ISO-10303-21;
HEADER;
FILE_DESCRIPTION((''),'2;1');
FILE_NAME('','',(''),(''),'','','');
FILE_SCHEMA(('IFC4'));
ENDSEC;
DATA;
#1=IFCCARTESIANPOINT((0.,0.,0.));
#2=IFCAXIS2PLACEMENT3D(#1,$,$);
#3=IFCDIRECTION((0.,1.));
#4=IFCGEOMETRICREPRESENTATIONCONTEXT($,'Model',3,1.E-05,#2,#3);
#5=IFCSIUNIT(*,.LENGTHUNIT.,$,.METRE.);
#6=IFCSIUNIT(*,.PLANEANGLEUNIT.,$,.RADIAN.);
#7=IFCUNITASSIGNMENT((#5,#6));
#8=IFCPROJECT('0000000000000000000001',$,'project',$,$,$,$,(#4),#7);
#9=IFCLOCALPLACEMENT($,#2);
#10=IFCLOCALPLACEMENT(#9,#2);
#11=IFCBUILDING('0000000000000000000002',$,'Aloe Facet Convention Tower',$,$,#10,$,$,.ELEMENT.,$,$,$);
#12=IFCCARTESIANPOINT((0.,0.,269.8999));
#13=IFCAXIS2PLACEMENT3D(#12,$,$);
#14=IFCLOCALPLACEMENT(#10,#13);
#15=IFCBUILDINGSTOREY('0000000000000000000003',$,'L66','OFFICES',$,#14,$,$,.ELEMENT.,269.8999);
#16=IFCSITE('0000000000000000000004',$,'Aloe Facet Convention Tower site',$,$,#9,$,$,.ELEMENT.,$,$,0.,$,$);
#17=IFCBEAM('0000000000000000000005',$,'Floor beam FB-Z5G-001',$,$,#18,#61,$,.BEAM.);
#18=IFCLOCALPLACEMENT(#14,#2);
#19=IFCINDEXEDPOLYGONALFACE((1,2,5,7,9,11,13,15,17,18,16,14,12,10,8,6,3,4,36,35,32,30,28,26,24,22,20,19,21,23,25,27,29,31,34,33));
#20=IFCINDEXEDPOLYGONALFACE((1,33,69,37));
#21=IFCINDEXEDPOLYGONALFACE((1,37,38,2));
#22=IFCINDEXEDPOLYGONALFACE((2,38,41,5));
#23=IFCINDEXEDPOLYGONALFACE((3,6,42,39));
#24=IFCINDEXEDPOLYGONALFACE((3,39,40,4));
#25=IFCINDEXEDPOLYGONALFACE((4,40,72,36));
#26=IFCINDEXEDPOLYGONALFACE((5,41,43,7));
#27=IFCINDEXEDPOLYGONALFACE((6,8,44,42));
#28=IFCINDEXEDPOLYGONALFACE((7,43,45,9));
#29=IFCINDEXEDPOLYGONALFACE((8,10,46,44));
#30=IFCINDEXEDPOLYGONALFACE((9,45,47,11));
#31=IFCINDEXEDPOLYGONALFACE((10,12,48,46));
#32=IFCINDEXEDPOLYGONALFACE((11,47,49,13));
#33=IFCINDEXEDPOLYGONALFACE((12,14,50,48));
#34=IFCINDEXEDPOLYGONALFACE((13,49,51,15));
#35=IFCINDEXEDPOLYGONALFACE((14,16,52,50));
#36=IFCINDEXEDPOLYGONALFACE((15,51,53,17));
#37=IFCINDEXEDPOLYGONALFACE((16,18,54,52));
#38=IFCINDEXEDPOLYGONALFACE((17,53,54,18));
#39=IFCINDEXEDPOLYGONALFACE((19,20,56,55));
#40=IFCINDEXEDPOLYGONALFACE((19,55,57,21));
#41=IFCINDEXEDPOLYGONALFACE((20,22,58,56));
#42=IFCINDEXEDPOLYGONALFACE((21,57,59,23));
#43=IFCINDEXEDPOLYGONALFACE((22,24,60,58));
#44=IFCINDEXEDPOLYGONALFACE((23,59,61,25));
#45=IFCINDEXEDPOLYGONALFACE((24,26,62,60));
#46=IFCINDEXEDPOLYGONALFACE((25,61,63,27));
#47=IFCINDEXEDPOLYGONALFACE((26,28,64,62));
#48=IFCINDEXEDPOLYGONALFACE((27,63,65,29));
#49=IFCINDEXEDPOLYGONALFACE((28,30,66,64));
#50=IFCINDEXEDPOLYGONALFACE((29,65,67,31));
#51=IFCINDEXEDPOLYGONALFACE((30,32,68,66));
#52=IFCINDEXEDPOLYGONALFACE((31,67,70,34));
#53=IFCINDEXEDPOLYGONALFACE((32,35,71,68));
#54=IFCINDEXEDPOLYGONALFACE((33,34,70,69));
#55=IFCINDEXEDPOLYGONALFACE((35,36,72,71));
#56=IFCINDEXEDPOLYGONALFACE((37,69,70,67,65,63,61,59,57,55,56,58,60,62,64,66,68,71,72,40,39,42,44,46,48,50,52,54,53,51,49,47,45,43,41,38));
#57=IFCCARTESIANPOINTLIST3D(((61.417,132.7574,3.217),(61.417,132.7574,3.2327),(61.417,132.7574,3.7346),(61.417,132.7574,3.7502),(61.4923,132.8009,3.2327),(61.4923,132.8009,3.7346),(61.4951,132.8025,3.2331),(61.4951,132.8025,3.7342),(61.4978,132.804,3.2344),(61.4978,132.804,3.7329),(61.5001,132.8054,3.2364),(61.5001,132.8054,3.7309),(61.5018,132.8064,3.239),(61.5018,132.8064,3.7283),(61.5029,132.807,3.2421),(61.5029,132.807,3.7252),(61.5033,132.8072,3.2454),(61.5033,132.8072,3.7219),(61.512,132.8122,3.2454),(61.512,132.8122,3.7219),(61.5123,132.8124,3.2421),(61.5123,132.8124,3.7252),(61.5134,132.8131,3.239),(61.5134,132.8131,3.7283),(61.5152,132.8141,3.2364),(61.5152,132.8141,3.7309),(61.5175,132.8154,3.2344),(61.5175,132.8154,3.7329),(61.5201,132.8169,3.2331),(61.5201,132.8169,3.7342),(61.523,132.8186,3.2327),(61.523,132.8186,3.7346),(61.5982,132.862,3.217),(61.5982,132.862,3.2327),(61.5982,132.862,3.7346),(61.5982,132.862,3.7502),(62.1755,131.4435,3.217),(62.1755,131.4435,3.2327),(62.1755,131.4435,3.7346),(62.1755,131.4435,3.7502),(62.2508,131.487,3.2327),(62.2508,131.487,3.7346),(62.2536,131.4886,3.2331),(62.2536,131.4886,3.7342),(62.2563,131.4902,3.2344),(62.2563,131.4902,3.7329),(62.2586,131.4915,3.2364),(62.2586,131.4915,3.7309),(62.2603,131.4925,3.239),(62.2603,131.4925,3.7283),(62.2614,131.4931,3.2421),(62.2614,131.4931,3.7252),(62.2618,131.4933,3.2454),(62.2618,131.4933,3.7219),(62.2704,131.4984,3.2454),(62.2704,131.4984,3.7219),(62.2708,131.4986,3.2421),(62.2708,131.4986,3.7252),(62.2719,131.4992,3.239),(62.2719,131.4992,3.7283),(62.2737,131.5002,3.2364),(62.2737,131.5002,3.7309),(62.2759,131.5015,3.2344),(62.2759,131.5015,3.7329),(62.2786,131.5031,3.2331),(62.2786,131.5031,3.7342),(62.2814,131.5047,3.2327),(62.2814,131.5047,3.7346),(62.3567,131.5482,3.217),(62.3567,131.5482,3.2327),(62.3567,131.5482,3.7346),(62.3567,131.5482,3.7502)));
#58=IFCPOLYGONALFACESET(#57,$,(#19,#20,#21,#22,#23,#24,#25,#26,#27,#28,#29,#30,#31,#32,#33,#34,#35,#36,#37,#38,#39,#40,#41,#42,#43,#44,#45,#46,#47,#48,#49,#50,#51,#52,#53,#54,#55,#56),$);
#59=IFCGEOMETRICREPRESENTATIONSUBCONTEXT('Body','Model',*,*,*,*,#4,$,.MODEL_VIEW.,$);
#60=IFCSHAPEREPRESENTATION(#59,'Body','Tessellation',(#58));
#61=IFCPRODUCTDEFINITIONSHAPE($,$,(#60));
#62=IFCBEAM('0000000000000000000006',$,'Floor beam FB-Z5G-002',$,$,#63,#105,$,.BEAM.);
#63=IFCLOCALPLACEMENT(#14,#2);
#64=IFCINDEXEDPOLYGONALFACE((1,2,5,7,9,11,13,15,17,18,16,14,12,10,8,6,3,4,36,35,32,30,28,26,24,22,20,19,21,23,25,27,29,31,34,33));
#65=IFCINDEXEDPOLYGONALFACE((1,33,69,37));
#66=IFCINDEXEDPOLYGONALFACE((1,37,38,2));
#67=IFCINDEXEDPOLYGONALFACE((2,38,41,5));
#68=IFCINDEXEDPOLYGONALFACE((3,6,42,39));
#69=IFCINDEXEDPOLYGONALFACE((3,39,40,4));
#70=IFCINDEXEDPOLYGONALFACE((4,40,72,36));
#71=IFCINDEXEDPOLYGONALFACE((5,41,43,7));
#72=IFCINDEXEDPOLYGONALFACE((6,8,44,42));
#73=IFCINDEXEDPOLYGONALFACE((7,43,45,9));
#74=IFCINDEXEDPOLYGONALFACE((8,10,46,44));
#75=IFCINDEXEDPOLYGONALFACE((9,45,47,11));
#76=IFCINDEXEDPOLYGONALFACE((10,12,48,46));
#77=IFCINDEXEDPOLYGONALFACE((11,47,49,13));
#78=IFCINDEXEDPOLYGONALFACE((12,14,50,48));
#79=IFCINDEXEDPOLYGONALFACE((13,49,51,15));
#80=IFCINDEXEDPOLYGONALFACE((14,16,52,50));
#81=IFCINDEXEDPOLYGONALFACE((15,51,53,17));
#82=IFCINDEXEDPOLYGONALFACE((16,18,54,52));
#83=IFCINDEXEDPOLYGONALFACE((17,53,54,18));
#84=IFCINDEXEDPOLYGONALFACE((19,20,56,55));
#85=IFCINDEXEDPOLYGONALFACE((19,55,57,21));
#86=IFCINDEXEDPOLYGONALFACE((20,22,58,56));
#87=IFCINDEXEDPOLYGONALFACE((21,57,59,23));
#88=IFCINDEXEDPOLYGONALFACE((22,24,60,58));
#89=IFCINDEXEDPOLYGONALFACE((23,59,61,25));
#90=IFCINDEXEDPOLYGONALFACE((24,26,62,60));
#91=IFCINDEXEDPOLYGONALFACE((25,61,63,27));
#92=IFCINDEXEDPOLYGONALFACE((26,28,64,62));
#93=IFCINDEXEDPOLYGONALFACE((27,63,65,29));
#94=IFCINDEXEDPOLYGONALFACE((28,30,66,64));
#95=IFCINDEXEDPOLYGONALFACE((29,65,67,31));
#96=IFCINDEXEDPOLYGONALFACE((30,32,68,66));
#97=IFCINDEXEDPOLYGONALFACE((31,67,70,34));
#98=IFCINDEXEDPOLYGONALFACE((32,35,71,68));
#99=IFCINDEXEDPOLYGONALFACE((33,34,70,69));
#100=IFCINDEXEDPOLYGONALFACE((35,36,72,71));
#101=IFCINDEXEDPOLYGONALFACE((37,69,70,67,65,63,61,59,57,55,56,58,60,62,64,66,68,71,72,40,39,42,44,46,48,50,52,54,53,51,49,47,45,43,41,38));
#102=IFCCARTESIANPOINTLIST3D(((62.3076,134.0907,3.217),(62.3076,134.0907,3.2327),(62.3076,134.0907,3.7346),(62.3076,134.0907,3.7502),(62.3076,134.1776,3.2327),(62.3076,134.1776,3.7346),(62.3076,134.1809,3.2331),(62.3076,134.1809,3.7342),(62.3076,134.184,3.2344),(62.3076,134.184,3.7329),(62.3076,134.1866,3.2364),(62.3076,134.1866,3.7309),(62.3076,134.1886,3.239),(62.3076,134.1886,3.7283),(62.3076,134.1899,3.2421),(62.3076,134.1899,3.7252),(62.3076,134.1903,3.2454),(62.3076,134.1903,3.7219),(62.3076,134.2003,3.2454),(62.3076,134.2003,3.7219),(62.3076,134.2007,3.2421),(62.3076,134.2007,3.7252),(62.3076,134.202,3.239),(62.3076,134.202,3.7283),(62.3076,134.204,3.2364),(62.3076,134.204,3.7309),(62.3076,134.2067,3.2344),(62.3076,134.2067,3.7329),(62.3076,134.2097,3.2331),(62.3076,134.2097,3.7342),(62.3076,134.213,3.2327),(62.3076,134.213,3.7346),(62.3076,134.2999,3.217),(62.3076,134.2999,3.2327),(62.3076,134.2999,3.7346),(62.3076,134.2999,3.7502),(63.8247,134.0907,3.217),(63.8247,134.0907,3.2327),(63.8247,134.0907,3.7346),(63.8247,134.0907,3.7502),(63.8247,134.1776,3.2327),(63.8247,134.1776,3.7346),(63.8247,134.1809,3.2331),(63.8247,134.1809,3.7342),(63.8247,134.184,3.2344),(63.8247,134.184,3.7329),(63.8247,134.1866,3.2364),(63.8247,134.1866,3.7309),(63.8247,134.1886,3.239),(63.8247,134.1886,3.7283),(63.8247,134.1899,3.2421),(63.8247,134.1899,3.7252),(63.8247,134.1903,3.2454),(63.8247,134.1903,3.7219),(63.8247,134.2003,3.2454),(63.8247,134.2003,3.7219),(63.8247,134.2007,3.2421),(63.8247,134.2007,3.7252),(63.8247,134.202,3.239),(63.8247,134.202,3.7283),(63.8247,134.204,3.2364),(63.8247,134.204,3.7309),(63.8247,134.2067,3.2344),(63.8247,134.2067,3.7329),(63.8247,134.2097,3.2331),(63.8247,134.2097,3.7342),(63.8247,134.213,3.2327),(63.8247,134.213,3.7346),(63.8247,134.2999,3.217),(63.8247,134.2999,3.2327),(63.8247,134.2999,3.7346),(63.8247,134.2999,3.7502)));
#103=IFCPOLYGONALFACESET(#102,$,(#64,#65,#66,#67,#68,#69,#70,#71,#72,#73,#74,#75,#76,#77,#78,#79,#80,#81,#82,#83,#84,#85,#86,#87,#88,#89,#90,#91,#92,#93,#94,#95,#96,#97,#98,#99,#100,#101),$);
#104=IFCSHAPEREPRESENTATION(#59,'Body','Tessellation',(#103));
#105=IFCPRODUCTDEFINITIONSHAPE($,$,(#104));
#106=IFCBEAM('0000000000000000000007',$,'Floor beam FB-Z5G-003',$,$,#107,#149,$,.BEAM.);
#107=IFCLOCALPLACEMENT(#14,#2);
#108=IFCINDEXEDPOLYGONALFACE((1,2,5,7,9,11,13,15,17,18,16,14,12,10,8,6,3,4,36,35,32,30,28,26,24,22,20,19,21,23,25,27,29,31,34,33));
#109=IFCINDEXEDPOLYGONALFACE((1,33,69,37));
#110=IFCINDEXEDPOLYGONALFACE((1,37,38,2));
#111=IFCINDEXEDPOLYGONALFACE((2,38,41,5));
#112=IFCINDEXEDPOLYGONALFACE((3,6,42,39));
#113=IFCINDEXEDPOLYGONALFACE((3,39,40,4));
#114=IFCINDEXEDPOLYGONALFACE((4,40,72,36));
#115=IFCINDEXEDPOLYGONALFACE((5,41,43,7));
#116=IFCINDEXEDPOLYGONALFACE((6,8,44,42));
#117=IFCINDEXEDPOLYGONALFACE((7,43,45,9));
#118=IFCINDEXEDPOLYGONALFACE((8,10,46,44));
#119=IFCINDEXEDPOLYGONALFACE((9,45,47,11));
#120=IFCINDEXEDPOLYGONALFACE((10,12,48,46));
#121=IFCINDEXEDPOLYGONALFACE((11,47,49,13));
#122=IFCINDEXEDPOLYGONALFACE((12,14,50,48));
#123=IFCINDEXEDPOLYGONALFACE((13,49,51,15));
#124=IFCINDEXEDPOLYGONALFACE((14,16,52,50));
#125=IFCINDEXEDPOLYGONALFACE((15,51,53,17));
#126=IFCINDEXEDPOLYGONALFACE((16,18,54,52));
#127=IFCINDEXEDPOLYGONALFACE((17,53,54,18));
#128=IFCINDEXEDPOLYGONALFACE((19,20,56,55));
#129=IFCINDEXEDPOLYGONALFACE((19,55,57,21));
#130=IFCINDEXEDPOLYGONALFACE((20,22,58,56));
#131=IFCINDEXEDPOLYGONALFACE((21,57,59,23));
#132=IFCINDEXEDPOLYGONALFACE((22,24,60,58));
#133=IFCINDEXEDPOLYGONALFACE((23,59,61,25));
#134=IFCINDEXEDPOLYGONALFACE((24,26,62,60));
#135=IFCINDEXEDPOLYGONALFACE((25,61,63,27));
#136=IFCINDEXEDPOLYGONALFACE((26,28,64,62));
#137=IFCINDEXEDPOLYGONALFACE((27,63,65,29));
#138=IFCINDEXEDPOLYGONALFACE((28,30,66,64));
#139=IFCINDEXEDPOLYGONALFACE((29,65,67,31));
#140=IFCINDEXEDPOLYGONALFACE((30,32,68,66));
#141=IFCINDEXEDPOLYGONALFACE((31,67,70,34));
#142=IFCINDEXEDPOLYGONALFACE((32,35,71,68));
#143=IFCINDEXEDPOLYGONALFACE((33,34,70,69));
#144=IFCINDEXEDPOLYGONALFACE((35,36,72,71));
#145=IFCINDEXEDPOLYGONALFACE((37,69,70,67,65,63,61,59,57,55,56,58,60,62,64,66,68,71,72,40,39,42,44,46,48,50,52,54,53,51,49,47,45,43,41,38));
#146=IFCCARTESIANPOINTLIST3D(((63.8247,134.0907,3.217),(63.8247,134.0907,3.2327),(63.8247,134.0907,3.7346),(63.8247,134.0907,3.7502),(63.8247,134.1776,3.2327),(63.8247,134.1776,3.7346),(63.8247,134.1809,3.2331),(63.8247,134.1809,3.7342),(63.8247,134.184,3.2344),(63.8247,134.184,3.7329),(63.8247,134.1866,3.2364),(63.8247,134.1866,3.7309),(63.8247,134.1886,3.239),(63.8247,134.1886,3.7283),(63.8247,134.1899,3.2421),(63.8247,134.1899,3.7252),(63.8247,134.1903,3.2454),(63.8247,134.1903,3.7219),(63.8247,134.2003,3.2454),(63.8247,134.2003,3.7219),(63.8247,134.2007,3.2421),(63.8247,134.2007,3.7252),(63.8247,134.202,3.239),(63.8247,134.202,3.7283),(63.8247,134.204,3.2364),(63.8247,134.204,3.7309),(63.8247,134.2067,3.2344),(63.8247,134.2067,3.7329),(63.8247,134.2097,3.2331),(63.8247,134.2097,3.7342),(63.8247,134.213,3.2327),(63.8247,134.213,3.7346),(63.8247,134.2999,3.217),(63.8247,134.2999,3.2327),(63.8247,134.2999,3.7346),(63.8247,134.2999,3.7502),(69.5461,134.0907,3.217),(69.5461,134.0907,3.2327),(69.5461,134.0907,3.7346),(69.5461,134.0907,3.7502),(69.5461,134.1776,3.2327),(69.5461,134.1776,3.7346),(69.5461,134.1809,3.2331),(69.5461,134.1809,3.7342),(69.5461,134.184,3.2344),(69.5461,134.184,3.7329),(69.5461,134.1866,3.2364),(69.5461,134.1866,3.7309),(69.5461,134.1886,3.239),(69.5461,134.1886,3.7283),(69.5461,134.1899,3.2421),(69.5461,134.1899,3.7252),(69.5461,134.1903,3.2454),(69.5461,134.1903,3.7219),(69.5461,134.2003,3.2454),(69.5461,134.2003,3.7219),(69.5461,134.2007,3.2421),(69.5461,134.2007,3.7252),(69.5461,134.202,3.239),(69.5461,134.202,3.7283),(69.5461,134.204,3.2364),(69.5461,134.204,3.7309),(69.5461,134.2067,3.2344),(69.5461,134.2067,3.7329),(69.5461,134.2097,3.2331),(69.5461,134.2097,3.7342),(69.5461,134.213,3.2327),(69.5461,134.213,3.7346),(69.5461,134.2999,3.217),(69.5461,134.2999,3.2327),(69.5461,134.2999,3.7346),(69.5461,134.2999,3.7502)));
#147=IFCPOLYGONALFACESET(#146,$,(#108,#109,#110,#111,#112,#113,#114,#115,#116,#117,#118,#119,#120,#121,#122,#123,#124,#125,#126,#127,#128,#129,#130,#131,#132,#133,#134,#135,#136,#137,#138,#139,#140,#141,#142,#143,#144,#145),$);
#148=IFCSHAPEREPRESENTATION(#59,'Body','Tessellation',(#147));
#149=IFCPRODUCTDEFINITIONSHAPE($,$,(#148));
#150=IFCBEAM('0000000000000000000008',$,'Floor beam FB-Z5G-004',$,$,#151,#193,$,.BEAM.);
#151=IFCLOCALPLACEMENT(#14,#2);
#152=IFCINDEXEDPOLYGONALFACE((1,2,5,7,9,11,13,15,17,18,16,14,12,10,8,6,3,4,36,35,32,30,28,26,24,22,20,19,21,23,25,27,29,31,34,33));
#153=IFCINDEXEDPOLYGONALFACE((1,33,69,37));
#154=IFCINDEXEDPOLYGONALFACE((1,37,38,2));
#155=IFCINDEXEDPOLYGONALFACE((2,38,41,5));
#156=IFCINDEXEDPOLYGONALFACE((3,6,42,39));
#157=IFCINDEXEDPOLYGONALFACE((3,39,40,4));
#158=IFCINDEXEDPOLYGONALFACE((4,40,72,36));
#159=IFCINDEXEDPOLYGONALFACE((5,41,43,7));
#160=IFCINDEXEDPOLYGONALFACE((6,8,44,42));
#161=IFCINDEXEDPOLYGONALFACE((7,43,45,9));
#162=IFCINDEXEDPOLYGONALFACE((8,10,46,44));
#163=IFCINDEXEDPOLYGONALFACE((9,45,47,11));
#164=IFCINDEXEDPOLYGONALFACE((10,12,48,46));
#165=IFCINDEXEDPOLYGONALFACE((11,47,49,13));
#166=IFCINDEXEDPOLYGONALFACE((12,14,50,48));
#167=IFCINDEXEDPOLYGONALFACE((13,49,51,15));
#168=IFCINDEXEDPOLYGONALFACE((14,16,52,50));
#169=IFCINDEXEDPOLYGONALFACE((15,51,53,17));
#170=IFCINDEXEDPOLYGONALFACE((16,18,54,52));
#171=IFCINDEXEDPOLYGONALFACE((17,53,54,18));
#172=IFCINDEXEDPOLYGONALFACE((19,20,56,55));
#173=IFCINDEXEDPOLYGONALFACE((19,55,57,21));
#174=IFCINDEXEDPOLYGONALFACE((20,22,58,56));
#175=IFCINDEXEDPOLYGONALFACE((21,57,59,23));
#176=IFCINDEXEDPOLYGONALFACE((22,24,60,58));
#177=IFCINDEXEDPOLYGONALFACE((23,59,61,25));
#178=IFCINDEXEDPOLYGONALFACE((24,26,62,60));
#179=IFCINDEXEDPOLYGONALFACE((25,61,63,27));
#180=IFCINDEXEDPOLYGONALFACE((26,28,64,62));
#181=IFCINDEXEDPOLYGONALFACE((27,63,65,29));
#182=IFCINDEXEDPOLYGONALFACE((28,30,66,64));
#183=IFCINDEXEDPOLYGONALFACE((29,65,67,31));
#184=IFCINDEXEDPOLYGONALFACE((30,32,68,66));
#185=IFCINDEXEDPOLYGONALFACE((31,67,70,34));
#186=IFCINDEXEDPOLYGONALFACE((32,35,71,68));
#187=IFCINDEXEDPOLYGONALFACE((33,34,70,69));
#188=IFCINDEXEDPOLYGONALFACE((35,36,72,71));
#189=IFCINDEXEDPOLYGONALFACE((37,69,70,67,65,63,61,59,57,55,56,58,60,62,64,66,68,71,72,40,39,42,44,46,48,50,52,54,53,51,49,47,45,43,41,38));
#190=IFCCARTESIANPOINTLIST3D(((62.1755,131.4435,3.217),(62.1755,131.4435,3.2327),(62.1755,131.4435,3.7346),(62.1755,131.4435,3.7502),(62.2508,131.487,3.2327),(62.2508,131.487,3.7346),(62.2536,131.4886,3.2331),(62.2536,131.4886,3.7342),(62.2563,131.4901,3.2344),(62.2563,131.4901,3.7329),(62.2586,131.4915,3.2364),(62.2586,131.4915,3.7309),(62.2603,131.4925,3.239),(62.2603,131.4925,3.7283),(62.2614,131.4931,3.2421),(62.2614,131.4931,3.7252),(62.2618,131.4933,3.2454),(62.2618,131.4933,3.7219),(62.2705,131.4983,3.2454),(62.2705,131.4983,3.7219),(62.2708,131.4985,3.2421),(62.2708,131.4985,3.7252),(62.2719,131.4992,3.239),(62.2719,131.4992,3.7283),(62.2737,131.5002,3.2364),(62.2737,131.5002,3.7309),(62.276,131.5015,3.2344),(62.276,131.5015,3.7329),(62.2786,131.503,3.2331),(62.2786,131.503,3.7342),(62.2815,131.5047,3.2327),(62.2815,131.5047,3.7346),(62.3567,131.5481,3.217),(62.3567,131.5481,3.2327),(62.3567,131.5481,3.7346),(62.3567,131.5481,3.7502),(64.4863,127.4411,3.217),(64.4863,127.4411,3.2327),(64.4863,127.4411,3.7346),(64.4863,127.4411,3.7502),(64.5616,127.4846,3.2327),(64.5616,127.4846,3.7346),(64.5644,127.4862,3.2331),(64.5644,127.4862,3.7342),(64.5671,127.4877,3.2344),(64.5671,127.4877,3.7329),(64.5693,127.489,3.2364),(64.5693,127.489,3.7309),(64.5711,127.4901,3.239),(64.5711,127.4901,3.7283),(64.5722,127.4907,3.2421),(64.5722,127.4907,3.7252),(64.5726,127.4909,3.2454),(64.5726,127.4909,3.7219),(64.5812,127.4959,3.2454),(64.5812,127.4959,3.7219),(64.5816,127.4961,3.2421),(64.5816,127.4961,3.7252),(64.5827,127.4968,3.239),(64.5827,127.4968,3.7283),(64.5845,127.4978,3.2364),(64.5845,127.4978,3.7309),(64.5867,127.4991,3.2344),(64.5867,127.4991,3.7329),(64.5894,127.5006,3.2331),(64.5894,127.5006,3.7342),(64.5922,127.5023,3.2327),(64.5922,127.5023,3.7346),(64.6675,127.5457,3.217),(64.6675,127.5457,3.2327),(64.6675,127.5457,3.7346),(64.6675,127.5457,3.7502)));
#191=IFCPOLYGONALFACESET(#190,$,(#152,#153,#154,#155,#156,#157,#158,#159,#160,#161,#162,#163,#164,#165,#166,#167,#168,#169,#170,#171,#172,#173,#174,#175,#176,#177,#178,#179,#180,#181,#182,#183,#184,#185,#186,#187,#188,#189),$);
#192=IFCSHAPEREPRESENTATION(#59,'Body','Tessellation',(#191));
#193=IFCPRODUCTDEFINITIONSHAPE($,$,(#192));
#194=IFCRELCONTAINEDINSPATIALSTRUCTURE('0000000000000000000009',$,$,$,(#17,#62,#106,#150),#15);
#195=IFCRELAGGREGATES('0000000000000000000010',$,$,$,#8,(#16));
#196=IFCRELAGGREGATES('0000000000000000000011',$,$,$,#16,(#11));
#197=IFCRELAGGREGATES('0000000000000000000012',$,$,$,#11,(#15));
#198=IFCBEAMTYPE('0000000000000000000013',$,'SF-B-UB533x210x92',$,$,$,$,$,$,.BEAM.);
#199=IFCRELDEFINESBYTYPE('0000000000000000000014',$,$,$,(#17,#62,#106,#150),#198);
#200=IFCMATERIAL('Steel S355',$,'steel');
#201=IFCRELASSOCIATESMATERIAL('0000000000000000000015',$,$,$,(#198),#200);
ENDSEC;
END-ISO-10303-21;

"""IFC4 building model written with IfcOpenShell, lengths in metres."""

from ifc_helpers import new_model, si_unit, direction, frame, origin, origin_2d, place, context, subcontext, project, spatial, i_section, extrude, material, material_profile, profile_set, type_object, element, save


model = new_model("IFC4")

# Units and contexts
model_context = context("Model", 3, precision=1e-05, world=origin(), true_north=direction((0.0, 1.0)))
body_context = subcontext(model_context, "Body", "Model", "MODEL_VIEW")
ifc_project = project(units=[si_unit("LENGTHUNIT", "METRE"), si_unit("PLANEANGLEUNIT", "RADIAN")], contexts=[model_context])

# Site, building, storey
site_placement = place(None, origin())
site = spatial("IfcSite", under=ifc_project, at=site_placement, Name="Aloe Facet Convention Tower site", CompositionType="ELEMENT", RefElevation=0.0)
building_placement = place(site_placement, origin())
building = spatial("IfcBuilding", under=site, at=building_placement, Name="Aloe Facet Convention Tower", CompositionType="ELEMENT")
storey_placement = place(building_placement, frame((0.0, 0.0, 269.8999)))
storey = spatial("IfcBuildingStorey", under=building, at=storey_placement, Name="L66", Description="OFFICES", CompositionType="ELEMENT", Elevation=269.8999)

# Beams
ifc_material_1 = material(Name="Steel S355", Category="steel")
ifc_material_profile_1 = material_profile(ifc_material_1, i_section(OverallWidth=0.2092, OverallDepth=0.5332, WebThickness=0.01, FlangeThickness=0.0156, FilletRadius=0.0127, at=origin_2d()), Name="UB 533x210x92")
ifc_profile_set_1 = profile_set([ifc_material_profile_1], Name="Steel S355")
beam_type_1 = type_object("IfcBeamType", Name="SF-B-UB533x210x92", PredefinedType="BEAM", material=ifc_profile_set_1)
for number, where, z_axis, x_axis, name in (
    (1, (62.2661, 131.4958, 3.4836), (-0.499964, 0.866046, 0.0), (-0.866046, -0.499964, 0.0), "Floor beam FB-Z5G-001"),
    (2, (62.3076, 134.1953, 3.4836), (1.0, 0.0, 0.0), (0.0, 1.0, 0.0), "Floor beam FB-Z5G-002"),
):
    element("IfcBeam", number, at=place(storey_placement, frame(where, z_axis=z_axis, x_axis=x_axis)), inside=storey, type_object=beam_type_1, Name=name, PredefinedType="BEAM", context=body_context, shape_type="SweptSolid", body=[
        extrude(i_section(OverallWidth=0.2092, OverallDepth=0.5332, WebThickness=0.01, FlangeThickness=0.0156, FilletRadius=0.0127, at=origin_2d()), origin(), (0.0, 0.0, 1.0), 1.5171),
    ])
beam_1_placement = place(storey_placement, frame((63.8247, 134.1953, 3.4836), z_axis=(1.0, 0.0, 0.0), x_axis=(0.0, 1.0, 0.0)))
element("IfcBeam", 3, at=beam_1_placement, inside=storey, type_object=beam_type_1, Name="Floor beam FB-Z5G-003", PredefinedType="BEAM", context=body_context, shape_type="SweptSolid", body=[
    extrude(i_section(OverallWidth=0.2092, OverallDepth=0.5332, WebThickness=0.01, FlangeThickness=0.0156, FilletRadius=0.0127, at=origin_2d()), origin(), (0.0, 0.0, 1.0), 5.7214),
])
beam_2_placement = place(storey_placement, frame((64.5769, 127.4934, 3.4836), z_axis=(-0.499997, 0.866027, 0.0), x_axis=(-0.866027, -0.499997, 0.0)))
element("IfcBeam", 4, at=beam_2_placement, inside=storey, type_object=beam_type_1, Name="Floor beam FB-Z5G-004", PredefinedType="BEAM", context=body_context, shape_type="SweptSolid", body=[
    extrude(i_section(OverallWidth=0.2092, OverallDepth=0.5332, WebThickness=0.01, FlangeThickness=0.0156, FilletRadius=0.0127, at=origin_2d()), origin(), (0.0, 0.0, 1.0), 4.6216),
])

save(model, "model.ifc")
